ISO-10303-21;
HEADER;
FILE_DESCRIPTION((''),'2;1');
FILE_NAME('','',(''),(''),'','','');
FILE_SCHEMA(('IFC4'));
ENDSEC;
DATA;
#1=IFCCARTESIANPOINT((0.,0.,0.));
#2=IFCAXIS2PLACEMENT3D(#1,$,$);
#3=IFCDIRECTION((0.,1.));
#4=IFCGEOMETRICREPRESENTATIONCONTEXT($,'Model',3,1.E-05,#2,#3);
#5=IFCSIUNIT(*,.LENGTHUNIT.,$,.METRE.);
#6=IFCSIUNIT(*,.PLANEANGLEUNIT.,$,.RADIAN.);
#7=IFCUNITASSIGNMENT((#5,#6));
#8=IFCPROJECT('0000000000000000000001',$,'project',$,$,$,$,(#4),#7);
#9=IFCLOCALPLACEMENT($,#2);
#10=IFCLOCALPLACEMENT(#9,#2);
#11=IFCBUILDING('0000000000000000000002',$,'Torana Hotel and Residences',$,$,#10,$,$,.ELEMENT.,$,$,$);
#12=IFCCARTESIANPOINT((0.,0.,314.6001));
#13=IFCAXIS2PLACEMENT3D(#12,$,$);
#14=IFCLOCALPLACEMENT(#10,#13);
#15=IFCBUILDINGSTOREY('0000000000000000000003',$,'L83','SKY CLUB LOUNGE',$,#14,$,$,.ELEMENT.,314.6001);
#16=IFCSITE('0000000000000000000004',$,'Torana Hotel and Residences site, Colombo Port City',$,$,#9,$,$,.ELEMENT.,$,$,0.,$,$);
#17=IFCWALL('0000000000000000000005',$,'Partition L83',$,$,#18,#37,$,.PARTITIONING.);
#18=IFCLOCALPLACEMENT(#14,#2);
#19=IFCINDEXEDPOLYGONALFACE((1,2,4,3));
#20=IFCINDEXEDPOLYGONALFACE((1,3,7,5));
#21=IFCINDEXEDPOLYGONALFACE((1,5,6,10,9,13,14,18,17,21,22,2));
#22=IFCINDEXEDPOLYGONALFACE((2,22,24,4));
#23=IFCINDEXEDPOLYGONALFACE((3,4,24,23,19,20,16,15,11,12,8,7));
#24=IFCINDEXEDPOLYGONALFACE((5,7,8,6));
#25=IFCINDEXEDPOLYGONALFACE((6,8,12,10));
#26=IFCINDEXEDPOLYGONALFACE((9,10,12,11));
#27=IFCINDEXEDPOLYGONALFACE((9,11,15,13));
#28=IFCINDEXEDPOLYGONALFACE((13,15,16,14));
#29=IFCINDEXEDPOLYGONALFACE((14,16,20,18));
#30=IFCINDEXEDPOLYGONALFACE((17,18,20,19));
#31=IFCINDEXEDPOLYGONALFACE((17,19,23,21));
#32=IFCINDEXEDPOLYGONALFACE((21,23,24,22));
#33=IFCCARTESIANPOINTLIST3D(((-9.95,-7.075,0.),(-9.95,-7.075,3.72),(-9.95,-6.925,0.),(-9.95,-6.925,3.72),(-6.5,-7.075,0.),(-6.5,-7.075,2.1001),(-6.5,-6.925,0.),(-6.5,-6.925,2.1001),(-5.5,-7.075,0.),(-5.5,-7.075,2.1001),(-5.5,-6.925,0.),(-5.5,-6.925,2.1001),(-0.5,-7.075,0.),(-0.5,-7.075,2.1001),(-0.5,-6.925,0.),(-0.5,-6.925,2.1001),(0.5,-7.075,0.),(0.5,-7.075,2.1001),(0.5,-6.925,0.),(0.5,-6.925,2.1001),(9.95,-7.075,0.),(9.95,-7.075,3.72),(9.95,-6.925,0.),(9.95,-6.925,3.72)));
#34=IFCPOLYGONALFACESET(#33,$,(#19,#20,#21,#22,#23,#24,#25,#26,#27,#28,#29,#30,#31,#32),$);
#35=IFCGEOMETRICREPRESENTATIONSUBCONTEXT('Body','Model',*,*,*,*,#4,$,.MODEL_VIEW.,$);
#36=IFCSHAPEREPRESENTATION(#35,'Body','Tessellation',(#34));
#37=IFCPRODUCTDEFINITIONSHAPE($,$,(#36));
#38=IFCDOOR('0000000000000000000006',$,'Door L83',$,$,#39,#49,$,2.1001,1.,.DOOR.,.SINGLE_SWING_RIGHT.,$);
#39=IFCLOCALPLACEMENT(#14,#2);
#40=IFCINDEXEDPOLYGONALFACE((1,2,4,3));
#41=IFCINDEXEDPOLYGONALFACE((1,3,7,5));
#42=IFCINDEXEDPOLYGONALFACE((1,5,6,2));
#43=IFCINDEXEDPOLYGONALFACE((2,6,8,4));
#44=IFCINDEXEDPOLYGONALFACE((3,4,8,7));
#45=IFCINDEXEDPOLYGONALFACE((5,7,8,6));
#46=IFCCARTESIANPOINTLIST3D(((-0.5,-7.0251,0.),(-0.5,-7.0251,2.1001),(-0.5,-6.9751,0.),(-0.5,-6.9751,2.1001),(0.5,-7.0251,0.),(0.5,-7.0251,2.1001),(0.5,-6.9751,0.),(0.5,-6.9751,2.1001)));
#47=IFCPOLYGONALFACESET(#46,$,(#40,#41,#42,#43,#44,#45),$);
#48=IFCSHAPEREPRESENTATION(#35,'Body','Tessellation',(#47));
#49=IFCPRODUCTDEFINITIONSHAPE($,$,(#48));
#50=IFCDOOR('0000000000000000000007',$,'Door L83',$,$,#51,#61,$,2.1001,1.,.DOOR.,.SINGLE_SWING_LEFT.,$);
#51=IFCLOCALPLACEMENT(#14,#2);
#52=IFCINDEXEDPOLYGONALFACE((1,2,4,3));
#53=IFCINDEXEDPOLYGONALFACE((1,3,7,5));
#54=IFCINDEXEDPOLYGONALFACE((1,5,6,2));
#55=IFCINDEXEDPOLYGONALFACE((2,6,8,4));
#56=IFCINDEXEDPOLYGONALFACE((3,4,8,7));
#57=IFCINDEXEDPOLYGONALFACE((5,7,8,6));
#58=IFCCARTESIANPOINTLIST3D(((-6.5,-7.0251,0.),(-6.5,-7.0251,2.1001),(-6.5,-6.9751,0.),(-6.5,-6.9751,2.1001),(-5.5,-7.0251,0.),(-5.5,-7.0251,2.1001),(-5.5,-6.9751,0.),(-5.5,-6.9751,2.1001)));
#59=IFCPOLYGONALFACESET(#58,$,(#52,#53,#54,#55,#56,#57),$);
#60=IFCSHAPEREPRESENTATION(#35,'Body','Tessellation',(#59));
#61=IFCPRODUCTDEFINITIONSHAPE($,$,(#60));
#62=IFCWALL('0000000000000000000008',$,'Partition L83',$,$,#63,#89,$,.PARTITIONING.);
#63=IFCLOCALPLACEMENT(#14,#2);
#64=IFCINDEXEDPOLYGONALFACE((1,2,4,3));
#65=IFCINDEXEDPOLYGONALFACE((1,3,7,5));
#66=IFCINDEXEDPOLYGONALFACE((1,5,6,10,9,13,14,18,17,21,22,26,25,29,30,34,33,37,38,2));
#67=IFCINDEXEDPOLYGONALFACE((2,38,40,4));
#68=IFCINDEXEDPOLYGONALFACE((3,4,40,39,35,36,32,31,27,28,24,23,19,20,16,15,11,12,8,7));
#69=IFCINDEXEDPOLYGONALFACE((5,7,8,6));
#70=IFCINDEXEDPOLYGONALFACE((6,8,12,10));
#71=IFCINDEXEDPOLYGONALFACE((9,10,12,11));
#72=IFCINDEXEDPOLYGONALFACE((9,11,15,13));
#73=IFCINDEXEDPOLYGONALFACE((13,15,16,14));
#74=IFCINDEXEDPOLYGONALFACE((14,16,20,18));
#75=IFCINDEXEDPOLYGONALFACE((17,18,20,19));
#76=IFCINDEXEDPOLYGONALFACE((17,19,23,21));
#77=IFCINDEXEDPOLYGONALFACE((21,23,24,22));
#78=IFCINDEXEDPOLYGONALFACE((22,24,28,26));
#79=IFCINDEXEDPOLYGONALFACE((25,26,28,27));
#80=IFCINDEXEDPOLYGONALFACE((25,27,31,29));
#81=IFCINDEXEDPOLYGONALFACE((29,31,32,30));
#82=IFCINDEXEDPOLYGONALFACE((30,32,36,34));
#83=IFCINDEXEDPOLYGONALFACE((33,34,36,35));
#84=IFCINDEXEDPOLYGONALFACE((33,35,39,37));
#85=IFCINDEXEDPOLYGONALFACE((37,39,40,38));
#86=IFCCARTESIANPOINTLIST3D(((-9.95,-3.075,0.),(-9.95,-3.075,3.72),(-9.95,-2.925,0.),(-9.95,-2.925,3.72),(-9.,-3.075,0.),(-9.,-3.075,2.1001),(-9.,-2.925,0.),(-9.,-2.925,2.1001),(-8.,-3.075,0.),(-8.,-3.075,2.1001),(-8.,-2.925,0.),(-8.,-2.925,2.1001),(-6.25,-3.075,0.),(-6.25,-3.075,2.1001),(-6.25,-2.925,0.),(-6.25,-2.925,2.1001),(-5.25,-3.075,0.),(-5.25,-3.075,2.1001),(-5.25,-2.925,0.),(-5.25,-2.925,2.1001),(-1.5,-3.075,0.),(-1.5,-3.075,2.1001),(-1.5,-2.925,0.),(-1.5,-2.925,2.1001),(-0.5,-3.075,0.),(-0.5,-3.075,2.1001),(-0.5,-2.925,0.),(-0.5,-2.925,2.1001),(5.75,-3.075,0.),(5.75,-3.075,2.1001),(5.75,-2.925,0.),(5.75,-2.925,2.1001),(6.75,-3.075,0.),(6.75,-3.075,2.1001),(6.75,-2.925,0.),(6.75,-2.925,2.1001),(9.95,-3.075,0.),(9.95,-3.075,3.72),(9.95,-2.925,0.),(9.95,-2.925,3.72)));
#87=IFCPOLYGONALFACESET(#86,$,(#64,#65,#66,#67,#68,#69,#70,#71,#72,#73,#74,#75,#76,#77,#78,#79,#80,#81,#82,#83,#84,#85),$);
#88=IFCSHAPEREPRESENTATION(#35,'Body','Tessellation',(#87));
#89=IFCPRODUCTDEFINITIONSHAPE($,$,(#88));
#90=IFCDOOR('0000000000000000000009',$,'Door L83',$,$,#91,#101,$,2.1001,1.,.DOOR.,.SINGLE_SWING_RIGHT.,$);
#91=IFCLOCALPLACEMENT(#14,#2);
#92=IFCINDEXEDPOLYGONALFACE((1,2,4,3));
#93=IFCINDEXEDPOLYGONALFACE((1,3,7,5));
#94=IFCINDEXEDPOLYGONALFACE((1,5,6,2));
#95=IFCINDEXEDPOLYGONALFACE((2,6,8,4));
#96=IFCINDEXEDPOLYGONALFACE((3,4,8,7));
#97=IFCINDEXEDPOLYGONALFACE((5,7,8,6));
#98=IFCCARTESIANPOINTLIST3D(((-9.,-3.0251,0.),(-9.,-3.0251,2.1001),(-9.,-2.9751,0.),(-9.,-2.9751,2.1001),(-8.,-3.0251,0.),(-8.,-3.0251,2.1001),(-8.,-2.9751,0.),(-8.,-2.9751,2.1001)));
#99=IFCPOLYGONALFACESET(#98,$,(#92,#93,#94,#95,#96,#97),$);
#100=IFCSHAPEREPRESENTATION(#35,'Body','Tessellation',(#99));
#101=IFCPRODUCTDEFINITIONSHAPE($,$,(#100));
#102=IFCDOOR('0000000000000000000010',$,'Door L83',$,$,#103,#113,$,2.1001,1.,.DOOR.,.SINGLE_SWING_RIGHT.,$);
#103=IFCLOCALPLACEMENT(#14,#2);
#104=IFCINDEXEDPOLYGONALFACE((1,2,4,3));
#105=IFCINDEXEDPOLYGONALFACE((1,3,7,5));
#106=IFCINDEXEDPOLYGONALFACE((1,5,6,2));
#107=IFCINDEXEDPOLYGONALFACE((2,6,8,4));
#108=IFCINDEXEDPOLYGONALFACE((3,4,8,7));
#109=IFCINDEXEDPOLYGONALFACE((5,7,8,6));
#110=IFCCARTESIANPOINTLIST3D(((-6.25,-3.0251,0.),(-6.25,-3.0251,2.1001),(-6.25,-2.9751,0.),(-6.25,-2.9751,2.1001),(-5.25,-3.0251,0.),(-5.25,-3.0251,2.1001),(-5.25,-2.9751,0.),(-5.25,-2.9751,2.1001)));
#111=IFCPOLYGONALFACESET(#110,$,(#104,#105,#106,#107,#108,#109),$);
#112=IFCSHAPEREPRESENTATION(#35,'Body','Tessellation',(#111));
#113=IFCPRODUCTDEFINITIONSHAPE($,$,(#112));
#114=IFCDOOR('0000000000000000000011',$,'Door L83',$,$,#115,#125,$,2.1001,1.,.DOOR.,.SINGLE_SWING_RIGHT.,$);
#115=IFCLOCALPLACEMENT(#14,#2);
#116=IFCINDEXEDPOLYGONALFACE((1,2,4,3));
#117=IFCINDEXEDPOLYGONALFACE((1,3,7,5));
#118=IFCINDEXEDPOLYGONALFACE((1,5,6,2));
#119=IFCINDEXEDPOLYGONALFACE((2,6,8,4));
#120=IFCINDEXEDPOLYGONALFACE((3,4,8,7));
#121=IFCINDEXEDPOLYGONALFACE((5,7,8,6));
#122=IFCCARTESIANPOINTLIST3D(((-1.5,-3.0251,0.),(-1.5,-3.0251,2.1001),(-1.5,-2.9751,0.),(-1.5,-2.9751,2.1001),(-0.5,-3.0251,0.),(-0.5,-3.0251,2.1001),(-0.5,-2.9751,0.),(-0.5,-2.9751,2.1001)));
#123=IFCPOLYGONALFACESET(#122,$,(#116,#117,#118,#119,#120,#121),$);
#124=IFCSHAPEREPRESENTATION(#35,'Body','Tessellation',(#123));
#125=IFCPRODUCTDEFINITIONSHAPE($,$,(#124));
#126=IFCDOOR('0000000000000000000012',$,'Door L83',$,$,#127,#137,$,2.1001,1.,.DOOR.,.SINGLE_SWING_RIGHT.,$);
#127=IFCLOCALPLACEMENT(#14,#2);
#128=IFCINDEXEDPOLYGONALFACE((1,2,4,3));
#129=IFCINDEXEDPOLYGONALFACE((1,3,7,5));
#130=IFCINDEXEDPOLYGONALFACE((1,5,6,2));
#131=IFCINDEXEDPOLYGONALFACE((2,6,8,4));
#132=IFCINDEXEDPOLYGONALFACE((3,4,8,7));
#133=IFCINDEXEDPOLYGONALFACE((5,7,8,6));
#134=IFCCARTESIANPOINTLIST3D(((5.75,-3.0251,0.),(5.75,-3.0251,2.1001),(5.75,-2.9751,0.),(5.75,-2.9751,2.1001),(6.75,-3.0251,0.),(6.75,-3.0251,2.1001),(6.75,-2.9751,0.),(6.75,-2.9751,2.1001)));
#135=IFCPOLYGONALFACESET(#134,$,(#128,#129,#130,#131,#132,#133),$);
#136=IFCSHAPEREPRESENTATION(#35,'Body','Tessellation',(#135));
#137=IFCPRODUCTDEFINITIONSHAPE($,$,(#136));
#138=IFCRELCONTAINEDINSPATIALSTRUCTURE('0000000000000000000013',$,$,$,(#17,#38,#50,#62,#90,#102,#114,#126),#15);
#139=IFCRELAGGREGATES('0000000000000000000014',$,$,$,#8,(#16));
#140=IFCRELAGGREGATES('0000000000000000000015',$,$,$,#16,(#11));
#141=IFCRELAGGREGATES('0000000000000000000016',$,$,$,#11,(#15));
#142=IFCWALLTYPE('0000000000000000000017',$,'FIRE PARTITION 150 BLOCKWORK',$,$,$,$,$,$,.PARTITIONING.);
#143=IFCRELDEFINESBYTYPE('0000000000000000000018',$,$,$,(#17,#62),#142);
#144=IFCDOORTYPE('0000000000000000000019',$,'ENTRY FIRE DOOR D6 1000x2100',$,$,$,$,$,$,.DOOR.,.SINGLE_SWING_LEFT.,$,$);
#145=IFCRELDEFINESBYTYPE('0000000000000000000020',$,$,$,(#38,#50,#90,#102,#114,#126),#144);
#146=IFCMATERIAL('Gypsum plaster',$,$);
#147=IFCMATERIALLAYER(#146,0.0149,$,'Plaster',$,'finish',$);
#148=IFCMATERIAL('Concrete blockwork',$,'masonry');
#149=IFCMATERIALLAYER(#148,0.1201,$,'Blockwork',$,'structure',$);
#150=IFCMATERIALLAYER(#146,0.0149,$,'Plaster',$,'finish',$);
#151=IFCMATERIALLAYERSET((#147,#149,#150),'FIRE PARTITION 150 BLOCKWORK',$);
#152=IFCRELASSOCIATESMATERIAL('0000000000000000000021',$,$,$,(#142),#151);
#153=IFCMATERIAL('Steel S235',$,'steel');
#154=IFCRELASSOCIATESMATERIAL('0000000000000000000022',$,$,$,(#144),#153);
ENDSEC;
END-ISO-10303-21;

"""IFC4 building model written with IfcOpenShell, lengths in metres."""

from ifc_helpers import new_model, si_unit, direction, frame, frame_2d, origin, place, context, subcontext, project, spatial, rectangle, extrude, material, layer, layer_set, type_object, element, fill, save


model = new_model("IFC4")

# Units and contexts
model_context = context("Model", 3, precision=1e-05, world=origin(), true_north=direction((0.0, 1.0)))
body_context = subcontext(model_context, "Body", "Model", "MODEL_VIEW")
ifc_project = project(units=[si_unit("LENGTHUNIT", "METRE"), si_unit("PLANEANGLEUNIT", "RADIAN")], contexts=[model_context])

# Site, building, storey
site_placement = place(None, origin())
site = spatial("IfcSite", under=ifc_project, at=site_placement, Name="Torana Hotel and Residences site, Colombo Port City", CompositionType="ELEMENT", RefElevation=0.0)
building_placement = place(site_placement, origin())
building = spatial("IfcBuilding", under=site, at=building_placement, Name="Torana Hotel and Residences", CompositionType="ELEMENT")
storey_placement = place(building_placement, frame((0.0, 0.0, 314.6001)))
storey = spatial("IfcBuildingStorey", under=building, at=storey_placement, Name="L83", Description="SKY CLUB LOUNGE", CompositionType="ELEMENT", Elevation=314.6001)

# Shared definitions
ifc_material_1 = material(Name="Gypsum plaster")
ifc_layer_1 = layer(ifc_material_1, 0.0149, Name="Plaster", Category="finish")
ifc_material_2 = material(Name="Concrete blockwork", Category="masonry")
ifc_layer_2 = layer(ifc_material_2, 0.1201, Name="Blockwork", Category="structure")
ifc_layer_3 = layer(ifc_material_1, 0.0149, Name="Plaster", Category="finish")
ifc_layer_set_1 = layer_set([ifc_layer_1, ifc_layer_2, ifc_layer_3], Name="FIRE PARTITION 150 BLOCKWORK")
wall_type_1 = type_object("IfcWallType", Name="FIRE PARTITION 150 BLOCKWORK", PredefinedType="PARTITIONING", material=ifc_layer_set_1)

# Shared definitions
ifc_material_3 = material(Name="Steel S235", Category="steel")
door_type_1 = type_object("IfcDoorType", Name="ENTRY FIRE DOOR D6 1000x2100", OperationType="SINGLE_SWING_LEFT", PredefinedType="DOOR", material=ifc_material_3)

# Walls, openings, doors
wall_1_placement = place(storey_placement, frame((-9.95, -7.0, 0.0), z_axis=(0.0, 0.0, 1.0), x_axis=(1.0, 0.0, 0.0)))
wall_1 = element("IfcWall", 1, at=wall_1_placement, inside=storey, type_object=wall_type_1, Name="Partition L83", PredefinedType="PARTITIONING", context=body_context, shape_type="SweptSolid", body=[
    extrude(rectangle(XDim=19.8999, YDim=0.1499, at=frame_2d((9.95, 0.0))), origin(), (0.0, 0.0, 1.0), 3.72),
])
opening_1_placement = place(wall_1_placement, frame((9.45, 0.0, 0.0)))
opening_1 = element("IfcOpeningElement", 2, at=opening_1_placement, cuts=wall_1, PredefinedType="OPENING", context=body_context, shape_type="SweptSolid", body=[
    extrude(rectangle(XDim=1.0, YDim=2.1001, at=frame_2d((0.5, 1.05))), frame((0.0, 0.085, 0.0), z_axis=(0.0, -1.0, 0.0), x_axis=(1.0, 0.0, 0.0)), (0.0, 0.0, 1.0), 0.1699),
])
opening_2_placement = place(wall_1_placement, frame((3.45, 0.0, 0.0)))
opening_2 = element("IfcOpeningElement", 3, at=opening_2_placement, cuts=wall_1, PredefinedType="OPENING", context=body_context, shape_type="SweptSolid", body=[
    extrude(rectangle(XDim=1.0, YDim=2.1001, at=frame_2d((0.5, 1.05))), frame((0.0, 0.085, 0.0), z_axis=(0.0, -1.0, 0.0), x_axis=(1.0, 0.0, 0.0)), (0.0, 0.0, 1.0), 0.1699),
])
door_1_placement = place(opening_1_placement, origin())
door_1 = element("IfcDoor", 4, at=door_1_placement, inside=storey, type_object=door_type_1, Name="Door L83", OperationType="SINGLE_SWING_RIGHT", OverallHeight=2.1001, OverallWidth=1.0, PredefinedType="DOOR", context=body_context, shape_type="SweptSolid", body=[
    extrude(rectangle(XDim=1.0, YDim=2.1001, at=frame_2d((0.5, 1.05))), frame((0.0, 0.0249, 0.0), z_axis=(0.0, -1.0, 0.0), x_axis=(1.0, 0.0, 0.0)), (0.0, 0.0, 1.0), 0.05),
])
fill(opening_1, door_1)
door_2_placement = place(opening_2_placement, frame((0.5, 0.0, 0.0), z_axis=(0.0, 0.0, 1.0), x_axis=(-1.0, 0.0, 0.0)))
door_2 = element("IfcDoor", 5, at=door_2_placement, inside=storey, type_object=door_type_1, Name="Door L83", OperationType="SINGLE_SWING_LEFT", OverallHeight=2.1001, OverallWidth=1.0, PredefinedType="DOOR", context=body_context, shape_type="SweptSolid", body=[
    extrude(rectangle(XDim=1.0, YDim=2.1001, at=frame_2d((0.0, 1.05))), frame((0.0, -0.0249, 0.0), z_axis=(0.0, 1.0, 0.0), x_axis=(-1.0, 0.0, 0.0)), (0.0, 0.0, 1.0), 0.05),
])
fill(opening_2, door_2)
wall_2_placement = place(storey_placement, frame((-9.95, -3.0, 0.0), z_axis=(0.0, 0.0, 1.0), x_axis=(1.0, 0.0, 0.0)))
wall_2 = element("IfcWall", 6, at=wall_2_placement, inside=storey, type_object=wall_type_1, Name="Partition L83", PredefinedType="PARTITIONING", context=body_context, shape_type="SweptSolid", body=[
    extrude(rectangle(XDim=19.8999, YDim=0.1499, at=frame_2d((9.95, 0.0))), origin(), (0.0, 0.0, 1.0), 3.72),
])
opening_3_placement = place(wall_2_placement, frame((0.95, 0.0, 0.0)))
opening_3 = element("IfcOpeningElement", 7, at=opening_3_placement, cuts=wall_2, PredefinedType="OPENING", context=body_context, shape_type="SweptSolid", body=[
    extrude(rectangle(XDim=1.0, YDim=2.1001, at=frame_2d((0.5, 1.05))), frame((0.0, 0.085, 0.0), z_axis=(0.0, -1.0, 0.0), x_axis=(1.0, 0.0, 0.0)), (0.0, 0.0, 1.0), 0.1699),
])
opening_4_placement = place(wall_2_placement, frame((3.7, 0.0, 0.0)))
opening_4 = element("IfcOpeningElement", 8, at=opening_4_placement, cuts=wall_2, PredefinedType="OPENING", context=body_context, shape_type="SweptSolid", body=[
    extrude(rectangle(XDim=1.0, YDim=2.1001, at=frame_2d((0.5, 1.05))), frame((0.0, 0.085, 0.0), z_axis=(0.0, -1.0, 0.0), x_axis=(1.0, 0.0, 0.0)), (0.0, 0.0, 1.0), 0.1699),
])
opening_5_placement = place(wall_2_placement, frame((8.45, 0.0, 0.0)))
opening_5 = element("IfcOpeningElement", 9, at=opening_5_placement, cuts=wall_2, PredefinedType="OPENING", context=body_context, shape_type="SweptSolid", body=[
    extrude(rectangle(XDim=1.0, YDim=2.1001, at=frame_2d((0.5, 1.05))), frame((0.0, 0.085, 0.0), z_axis=(0.0, -1.0, 0.0), x_axis=(1.0, 0.0, 0.0)), (0.0, 0.0, 1.0), 0.1699),
])
opening_6_placement = place(wall_2_placement, frame((15.7, 0.0, 0.0)))
opening_6 = element("IfcOpeningElement", 10, at=opening_6_placement, cuts=wall_2, PredefinedType="OPENING", context=body_context, shape_type="SweptSolid", body=[
    extrude(rectangle(XDim=1.0, YDim=2.1001, at=frame_2d((0.5, 1.05))), frame((0.0, 0.085, 0.0), z_axis=(0.0, -1.0, 0.0), x_axis=(1.0, 0.0, 0.0)), (0.0, 0.0, 1.0), 0.1699),
])
door_3_placement = place(opening_3_placement, origin())
door_3 = element("IfcDoor", 11, at=door_3_placement, inside=storey, type_object=door_type_1, Name="Door L83", OperationType="SINGLE_SWING_RIGHT", OverallHeight=2.1001, OverallWidth=1.0, PredefinedType="DOOR", context=body_context, shape_type="SweptSolid", body=[
    extrude(rectangle(XDim=1.0, YDim=2.1001, at=frame_2d((0.5, 1.05))), frame((0.0, 0.0249, 0.0), z_axis=(0.0, -1.0, 0.0), x_axis=(1.0, 0.0, 0.0)), (0.0, 0.0, 1.0), 0.05),
])
fill(opening_3, door_3)
door_4_placement = place(opening_4_placement, origin())
door_4 = element("IfcDoor", 12, at=door_4_placement, inside=storey, type_object=door_type_1, Name="Door L83", OperationType="SINGLE_SWING_RIGHT", OverallHeight=2.1001, OverallWidth=1.0, PredefinedType="DOOR", context=body_context, shape_type="SweptSolid", body=[
    extrude(rectangle(XDim=1.0, YDim=2.1001, at=frame_2d((0.5, 1.05))), frame((0.0, 0.0249, 0.0), z_axis=(0.0, -1.0, 0.0), x_axis=(1.0, 0.0, 0.0)), (0.0, 0.0, 1.0), 0.05),
])
fill(opening_4, door_4)
door_5_placement = place(opening_5_placement, origin())
door_5 = element("IfcDoor", 13, at=door_5_placement, inside=storey, type_object=door_type_1, Name="Door L83", OperationType="SINGLE_SWING_RIGHT", OverallHeight=2.1001, OverallWidth=1.0, PredefinedType="DOOR", context=body_context, shape_type="SweptSolid", body=[
    extrude(rectangle(XDim=1.0, YDim=2.1001, at=frame_2d((0.5, 1.05))), frame((0.0, 0.0249, 0.0), z_axis=(0.0, -1.0, 0.0), x_axis=(1.0, 0.0, 0.0)), (0.0, 0.0, 1.0), 0.05),
])
fill(opening_5, door_5)
door_6_placement = place(opening_6_placement, origin())
door_6 = element("IfcDoor", 14, at=door_6_placement, inside=storey, type_object=door_type_1, Name="Door L83", OperationType="SINGLE_SWING_RIGHT", OverallHeight=2.1001, OverallWidth=1.0, PredefinedType="DOOR", context=body_context, shape_type="SweptSolid", body=[
    extrude(rectangle(XDim=1.0, YDim=2.1001, at=frame_2d((0.5, 1.05))), frame((0.0, 0.0249, 0.0), z_axis=(0.0, -1.0, 0.0), x_axis=(1.0, 0.0, 0.0)), (0.0, 0.0, 1.0), 0.05),
])
fill(opening_6, door_6)

save(model, "model.ifc")
